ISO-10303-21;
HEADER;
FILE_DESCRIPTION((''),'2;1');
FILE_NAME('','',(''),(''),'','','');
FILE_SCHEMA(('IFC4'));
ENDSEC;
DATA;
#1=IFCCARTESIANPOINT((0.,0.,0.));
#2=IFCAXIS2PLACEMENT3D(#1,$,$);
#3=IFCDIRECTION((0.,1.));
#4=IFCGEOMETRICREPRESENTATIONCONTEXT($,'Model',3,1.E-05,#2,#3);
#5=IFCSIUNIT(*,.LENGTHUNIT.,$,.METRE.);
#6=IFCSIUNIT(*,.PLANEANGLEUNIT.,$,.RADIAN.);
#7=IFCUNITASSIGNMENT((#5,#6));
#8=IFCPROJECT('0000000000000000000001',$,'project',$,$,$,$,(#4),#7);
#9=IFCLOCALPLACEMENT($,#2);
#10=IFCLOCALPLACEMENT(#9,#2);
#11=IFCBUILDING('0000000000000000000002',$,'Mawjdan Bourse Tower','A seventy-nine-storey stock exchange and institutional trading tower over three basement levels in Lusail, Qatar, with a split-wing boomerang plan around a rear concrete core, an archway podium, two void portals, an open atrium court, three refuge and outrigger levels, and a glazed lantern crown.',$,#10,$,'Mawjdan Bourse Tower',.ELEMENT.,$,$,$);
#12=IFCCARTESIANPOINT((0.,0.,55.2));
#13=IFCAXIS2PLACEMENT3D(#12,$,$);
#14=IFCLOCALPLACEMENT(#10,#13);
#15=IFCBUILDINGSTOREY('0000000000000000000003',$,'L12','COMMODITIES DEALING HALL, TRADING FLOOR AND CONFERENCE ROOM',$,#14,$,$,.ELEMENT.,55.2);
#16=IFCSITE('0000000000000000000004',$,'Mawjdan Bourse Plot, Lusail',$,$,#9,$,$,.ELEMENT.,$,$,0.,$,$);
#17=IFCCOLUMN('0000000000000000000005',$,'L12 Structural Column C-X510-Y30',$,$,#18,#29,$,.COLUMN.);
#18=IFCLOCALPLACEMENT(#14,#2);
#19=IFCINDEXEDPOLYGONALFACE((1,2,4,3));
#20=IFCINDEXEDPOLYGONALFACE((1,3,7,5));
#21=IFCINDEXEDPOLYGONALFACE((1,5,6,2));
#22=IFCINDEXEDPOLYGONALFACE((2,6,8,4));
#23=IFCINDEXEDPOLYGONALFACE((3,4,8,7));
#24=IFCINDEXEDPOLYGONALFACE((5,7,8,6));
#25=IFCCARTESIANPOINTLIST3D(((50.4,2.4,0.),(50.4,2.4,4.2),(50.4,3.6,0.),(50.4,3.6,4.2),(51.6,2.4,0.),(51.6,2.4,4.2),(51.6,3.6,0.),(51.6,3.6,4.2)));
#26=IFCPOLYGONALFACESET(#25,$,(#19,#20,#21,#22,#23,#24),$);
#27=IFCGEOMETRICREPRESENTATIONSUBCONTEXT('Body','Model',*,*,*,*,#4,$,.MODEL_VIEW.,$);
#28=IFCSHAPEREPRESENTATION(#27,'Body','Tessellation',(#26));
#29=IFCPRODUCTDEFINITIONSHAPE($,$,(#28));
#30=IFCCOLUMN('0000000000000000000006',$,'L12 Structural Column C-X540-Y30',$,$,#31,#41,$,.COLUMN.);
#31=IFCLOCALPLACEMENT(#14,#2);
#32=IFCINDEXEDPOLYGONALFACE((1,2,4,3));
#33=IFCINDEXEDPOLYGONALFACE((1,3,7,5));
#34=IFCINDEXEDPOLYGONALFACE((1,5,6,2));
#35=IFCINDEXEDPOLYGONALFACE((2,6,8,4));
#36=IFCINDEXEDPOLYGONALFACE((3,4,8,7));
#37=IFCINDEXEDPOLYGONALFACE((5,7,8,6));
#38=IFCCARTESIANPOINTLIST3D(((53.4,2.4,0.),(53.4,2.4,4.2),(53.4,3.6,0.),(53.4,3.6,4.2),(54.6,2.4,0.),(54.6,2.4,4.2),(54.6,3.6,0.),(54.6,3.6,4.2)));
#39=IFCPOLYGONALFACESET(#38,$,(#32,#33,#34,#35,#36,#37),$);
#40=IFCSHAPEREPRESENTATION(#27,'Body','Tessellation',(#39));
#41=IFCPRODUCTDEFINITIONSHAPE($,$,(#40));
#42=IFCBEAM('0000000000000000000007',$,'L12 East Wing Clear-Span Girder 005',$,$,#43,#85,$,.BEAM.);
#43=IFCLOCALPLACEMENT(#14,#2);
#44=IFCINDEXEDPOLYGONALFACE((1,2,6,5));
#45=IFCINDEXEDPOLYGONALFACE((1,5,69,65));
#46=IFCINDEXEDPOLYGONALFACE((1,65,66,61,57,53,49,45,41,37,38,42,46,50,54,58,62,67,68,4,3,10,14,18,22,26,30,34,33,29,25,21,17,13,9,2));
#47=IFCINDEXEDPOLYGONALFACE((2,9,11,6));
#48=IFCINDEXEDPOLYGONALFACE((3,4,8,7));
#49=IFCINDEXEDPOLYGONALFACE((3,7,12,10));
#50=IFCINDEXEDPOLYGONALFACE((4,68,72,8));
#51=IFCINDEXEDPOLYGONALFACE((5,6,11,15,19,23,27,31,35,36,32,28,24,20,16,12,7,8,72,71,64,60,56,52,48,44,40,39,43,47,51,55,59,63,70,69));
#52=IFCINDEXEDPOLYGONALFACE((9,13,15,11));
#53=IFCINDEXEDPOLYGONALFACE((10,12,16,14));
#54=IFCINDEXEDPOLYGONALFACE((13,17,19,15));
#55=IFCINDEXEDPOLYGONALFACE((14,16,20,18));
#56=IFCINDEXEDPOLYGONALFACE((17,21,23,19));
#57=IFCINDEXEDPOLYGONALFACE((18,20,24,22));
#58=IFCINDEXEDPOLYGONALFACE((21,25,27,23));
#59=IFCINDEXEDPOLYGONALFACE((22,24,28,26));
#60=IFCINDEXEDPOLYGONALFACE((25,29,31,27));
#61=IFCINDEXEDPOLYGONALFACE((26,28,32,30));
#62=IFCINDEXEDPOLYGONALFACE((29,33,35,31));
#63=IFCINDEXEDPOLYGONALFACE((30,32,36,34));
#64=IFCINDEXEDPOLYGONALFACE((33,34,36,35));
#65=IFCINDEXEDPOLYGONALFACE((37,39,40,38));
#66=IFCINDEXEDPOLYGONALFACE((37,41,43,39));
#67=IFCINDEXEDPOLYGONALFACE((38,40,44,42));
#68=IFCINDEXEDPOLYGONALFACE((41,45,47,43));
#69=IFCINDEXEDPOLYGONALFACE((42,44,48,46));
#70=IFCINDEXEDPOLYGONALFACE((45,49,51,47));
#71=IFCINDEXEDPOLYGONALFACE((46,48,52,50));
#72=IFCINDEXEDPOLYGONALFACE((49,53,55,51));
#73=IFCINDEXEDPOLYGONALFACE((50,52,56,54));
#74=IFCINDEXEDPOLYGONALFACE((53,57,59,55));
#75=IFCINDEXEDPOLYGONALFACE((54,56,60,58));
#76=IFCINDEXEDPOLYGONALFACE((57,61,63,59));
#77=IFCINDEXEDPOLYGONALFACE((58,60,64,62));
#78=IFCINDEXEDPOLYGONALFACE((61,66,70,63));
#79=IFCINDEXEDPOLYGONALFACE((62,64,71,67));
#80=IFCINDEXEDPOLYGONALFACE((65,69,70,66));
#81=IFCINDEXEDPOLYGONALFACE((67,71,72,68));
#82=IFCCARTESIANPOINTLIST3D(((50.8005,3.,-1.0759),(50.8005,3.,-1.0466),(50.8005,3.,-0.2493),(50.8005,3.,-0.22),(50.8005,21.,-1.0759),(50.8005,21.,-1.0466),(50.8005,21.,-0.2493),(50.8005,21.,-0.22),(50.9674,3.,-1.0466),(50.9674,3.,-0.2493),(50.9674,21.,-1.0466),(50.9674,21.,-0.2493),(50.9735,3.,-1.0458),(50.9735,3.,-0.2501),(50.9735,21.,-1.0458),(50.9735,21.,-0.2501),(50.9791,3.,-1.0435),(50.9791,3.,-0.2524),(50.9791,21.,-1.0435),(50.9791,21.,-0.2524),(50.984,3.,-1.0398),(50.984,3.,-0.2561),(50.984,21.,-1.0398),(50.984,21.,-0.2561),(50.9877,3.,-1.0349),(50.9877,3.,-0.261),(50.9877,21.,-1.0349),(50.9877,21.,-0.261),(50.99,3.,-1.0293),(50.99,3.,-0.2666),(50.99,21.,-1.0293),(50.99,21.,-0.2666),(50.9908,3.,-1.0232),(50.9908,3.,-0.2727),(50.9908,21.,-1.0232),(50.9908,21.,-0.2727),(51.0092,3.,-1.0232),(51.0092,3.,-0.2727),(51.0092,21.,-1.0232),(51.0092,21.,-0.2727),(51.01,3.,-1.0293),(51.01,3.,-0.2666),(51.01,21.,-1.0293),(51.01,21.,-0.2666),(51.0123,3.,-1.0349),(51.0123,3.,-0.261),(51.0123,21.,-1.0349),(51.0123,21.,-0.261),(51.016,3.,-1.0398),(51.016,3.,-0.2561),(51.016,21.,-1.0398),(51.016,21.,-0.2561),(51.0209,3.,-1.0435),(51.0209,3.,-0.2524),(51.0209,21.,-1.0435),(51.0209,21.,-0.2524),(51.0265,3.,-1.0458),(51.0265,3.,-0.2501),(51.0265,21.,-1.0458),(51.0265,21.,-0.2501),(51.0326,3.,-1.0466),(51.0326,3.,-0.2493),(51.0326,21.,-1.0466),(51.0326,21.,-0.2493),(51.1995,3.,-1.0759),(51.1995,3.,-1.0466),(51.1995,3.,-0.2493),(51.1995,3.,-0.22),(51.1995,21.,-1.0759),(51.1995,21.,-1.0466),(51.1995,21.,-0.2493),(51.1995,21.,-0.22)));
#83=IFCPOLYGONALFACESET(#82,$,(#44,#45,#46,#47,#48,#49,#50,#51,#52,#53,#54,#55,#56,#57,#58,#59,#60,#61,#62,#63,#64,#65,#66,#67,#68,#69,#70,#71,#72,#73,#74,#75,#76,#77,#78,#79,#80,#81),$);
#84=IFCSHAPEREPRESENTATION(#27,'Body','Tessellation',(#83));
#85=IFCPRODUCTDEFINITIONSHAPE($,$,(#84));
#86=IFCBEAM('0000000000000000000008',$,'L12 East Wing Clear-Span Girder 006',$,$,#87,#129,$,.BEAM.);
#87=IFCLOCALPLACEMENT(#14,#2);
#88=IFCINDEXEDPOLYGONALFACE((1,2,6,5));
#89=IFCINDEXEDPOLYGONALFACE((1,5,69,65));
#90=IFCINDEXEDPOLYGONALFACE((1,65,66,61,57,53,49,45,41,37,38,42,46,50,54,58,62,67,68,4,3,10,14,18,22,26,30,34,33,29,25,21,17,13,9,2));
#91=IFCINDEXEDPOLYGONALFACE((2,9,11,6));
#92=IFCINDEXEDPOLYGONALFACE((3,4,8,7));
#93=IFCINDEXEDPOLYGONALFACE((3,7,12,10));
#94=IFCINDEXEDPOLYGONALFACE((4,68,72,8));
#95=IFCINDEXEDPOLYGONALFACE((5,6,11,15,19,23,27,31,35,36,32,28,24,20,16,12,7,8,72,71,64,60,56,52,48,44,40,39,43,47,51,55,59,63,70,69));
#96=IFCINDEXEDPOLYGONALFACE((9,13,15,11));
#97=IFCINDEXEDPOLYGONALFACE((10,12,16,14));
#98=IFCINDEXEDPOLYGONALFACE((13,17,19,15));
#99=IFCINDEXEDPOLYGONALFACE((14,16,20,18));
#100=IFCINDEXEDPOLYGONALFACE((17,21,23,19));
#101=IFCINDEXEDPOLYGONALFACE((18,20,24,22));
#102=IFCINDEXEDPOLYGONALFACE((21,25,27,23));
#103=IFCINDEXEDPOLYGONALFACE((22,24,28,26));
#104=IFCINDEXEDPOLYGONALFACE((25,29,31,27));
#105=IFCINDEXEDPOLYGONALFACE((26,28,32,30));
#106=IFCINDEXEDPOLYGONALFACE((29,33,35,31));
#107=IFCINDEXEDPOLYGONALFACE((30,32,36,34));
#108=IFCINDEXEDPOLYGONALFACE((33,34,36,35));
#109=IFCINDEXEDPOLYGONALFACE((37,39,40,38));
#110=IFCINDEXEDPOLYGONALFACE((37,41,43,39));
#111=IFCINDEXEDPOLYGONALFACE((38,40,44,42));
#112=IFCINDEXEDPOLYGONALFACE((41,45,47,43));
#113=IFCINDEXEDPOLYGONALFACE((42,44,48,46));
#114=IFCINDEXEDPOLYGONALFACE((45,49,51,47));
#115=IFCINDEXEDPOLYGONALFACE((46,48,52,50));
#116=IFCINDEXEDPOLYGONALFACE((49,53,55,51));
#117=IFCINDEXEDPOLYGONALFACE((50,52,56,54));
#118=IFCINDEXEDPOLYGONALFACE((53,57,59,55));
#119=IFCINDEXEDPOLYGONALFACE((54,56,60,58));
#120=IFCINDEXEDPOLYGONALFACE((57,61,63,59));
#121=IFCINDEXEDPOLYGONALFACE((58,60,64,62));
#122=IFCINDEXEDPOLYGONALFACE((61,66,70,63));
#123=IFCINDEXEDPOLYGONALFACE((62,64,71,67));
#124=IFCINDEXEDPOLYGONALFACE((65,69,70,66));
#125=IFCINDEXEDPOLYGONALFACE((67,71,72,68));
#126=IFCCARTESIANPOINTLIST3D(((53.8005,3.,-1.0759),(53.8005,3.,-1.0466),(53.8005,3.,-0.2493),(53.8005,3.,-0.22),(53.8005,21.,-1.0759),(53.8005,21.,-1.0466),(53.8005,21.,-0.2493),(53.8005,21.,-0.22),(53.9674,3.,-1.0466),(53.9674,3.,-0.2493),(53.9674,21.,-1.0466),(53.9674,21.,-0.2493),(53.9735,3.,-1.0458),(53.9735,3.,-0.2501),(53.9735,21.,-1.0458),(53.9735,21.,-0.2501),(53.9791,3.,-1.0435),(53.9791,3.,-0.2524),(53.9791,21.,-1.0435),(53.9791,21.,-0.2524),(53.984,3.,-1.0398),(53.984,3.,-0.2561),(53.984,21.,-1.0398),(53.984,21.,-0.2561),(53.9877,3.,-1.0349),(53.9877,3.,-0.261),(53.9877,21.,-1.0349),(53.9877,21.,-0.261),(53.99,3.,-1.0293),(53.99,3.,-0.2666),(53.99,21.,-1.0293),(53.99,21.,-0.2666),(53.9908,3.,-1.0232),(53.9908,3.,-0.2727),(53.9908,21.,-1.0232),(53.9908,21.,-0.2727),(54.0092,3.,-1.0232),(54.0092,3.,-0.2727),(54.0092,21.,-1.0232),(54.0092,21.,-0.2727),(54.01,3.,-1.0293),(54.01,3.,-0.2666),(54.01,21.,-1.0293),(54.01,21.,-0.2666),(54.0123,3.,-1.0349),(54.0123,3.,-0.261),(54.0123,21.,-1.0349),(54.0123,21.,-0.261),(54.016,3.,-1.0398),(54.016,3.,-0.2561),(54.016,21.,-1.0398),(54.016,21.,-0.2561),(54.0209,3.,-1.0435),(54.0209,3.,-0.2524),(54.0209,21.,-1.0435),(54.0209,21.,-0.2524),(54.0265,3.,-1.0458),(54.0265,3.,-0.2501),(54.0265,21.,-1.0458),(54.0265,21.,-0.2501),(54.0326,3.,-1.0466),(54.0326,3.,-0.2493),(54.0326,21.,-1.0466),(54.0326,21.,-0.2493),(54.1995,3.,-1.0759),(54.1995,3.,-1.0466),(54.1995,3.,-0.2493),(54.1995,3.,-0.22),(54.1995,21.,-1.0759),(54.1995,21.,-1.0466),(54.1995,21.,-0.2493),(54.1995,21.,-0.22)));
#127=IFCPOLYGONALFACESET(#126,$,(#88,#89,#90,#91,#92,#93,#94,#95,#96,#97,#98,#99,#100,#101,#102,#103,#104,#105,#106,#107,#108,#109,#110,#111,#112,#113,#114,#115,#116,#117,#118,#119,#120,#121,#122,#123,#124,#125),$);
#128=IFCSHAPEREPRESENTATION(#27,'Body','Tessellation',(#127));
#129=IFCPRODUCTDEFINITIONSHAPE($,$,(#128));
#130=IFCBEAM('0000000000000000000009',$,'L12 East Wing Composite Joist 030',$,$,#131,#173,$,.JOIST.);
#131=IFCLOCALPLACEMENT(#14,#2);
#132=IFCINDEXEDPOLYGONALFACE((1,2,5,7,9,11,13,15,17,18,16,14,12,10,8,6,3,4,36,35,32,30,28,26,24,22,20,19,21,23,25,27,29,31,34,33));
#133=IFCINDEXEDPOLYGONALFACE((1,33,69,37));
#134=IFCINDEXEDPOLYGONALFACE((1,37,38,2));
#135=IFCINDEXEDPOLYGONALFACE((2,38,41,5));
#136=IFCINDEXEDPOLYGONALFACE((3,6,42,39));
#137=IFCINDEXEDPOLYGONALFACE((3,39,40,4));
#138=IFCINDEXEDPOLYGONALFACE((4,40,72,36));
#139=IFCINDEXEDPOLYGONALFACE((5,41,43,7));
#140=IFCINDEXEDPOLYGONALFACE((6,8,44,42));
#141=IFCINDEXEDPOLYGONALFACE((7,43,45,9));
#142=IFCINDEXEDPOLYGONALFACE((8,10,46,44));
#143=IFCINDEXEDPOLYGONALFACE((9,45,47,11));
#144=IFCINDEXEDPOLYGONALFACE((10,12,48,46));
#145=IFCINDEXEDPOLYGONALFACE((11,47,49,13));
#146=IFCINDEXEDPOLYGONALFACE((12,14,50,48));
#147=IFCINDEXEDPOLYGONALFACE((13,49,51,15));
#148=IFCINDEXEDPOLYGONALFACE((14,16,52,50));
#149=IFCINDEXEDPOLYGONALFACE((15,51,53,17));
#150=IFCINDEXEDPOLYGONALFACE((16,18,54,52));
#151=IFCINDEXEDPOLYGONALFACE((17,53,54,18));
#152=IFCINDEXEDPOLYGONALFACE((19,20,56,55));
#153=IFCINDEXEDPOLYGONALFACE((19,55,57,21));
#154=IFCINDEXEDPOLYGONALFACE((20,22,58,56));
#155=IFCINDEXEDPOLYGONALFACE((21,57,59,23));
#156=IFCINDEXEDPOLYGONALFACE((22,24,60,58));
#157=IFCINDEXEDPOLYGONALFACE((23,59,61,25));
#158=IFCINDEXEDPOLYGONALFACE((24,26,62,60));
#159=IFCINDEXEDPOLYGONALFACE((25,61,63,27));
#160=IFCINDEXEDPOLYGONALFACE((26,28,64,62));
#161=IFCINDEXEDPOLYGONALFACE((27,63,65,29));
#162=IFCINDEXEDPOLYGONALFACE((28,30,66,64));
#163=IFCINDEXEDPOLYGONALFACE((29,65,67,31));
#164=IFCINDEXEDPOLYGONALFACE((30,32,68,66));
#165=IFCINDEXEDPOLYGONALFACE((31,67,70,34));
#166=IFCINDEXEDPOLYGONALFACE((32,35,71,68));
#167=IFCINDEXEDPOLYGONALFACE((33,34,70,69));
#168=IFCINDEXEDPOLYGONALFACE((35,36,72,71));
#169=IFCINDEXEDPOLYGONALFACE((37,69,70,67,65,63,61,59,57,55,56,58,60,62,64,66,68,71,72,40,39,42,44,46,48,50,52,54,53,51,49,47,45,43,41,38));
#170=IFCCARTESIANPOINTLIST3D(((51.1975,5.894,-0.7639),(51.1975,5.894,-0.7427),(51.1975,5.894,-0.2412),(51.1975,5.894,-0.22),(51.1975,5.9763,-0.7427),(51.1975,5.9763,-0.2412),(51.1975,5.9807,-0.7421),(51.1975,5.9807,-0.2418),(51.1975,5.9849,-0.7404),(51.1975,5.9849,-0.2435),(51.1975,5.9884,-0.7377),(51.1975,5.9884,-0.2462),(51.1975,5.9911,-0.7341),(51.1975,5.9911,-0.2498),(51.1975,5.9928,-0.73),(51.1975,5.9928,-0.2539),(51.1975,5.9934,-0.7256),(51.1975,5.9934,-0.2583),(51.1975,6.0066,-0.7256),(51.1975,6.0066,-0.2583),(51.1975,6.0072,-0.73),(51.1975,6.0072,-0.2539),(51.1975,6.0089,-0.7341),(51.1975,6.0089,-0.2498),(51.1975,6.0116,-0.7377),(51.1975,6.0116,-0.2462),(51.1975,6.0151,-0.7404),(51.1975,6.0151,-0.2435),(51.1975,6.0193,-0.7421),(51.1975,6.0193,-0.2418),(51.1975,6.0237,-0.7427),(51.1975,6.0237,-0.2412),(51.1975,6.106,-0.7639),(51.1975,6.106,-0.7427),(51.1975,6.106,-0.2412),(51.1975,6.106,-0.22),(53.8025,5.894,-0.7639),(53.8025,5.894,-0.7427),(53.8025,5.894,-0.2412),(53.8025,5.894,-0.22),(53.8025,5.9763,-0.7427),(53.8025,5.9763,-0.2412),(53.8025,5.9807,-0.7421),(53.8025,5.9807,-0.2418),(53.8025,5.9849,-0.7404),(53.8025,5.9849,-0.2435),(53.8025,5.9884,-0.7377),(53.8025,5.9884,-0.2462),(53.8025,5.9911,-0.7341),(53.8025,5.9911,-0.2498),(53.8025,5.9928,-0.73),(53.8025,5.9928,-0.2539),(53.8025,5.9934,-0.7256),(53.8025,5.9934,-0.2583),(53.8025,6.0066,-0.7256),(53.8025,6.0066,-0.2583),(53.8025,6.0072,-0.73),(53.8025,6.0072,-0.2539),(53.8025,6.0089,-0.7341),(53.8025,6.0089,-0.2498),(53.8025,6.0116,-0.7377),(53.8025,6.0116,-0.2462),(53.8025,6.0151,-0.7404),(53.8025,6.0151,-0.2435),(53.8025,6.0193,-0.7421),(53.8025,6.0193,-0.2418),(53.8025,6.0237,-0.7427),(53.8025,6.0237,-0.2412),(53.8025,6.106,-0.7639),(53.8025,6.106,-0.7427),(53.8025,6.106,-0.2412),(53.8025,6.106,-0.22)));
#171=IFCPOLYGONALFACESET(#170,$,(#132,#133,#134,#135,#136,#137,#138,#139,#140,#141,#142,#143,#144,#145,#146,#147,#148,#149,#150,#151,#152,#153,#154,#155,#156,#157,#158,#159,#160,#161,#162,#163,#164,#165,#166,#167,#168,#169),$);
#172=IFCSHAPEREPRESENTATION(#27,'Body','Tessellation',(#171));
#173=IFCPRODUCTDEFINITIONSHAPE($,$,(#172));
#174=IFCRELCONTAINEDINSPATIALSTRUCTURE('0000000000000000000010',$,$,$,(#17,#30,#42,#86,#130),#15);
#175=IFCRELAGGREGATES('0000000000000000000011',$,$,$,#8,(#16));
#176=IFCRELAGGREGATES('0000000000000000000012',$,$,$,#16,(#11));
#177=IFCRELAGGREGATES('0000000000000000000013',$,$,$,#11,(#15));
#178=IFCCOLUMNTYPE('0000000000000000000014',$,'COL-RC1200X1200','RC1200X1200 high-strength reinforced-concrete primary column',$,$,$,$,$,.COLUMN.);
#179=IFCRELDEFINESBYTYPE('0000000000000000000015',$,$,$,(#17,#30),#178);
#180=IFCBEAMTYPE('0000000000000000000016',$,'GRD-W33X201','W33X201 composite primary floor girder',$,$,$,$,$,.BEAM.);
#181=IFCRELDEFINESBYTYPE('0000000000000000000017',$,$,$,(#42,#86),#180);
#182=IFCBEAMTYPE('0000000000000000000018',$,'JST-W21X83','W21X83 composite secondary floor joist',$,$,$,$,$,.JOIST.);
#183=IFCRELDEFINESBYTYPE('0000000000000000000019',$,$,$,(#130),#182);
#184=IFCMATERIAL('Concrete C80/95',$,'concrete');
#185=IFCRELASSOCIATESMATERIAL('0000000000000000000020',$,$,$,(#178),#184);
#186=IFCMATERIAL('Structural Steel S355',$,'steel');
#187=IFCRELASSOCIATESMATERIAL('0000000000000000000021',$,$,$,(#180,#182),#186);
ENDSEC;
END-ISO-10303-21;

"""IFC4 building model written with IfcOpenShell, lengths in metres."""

from ifc_helpers import new_model, si_unit, direction, frame, origin, origin_2d, place, context, subcontext, project, spatial, rectangle, i_section, extrude, material, material_profile, profile_set, type_object, element, save


model = new_model("IFC4")

# Units and contexts
model_context = context("Model", 3, precision=1e-05, world=origin(), true_north=direction((0.0, 1.0)))
body_context = subcontext(model_context, "Body", "Model", "MODEL_VIEW")
ifc_project = project(units=[si_unit("LENGTHUNIT", "METRE"), si_unit("PLANEANGLEUNIT", "RADIAN")], contexts=[model_context])

# Site, building, storey
site_placement = place(None, origin())
site = spatial("IfcSite", under=ifc_project, at=site_placement, Name="Mawjdan Bourse Plot, Lusail", CompositionType="ELEMENT", RefElevation=0.0)
building_placement = place(site_placement, origin())
building = spatial("IfcBuilding", under=site, at=building_placement, Name="Mawjdan Bourse Tower", Description="A seventy-nine-storey stock exchange and institutional trading tower over three basement levels in Lusail, Qatar, with a split-wing boomerang plan around a rear concrete core, an archway podium, two void portals, an open atrium court, three refuge and outrigger levels, and a glazed lantern crown.", LongName="Mawjdan Bourse Tower", CompositionType="ELEMENT")
storey_placement = place(building_placement, frame((0.0, 0.0, 55.2)))
storey = spatial("IfcBuildingStorey", under=building, at=storey_placement, Name="L12", Description="COMMODITIES DEALING HALL, TRADING FLOOR AND CONFERENCE ROOM", CompositionType="ELEMENT", Elevation=55.2)

# Columns
ifc_material_1 = material(Name="Concrete C80/95", Category="concrete")
ifc_material_profile_1 = material_profile(ifc_material_1, rectangle(XDim=1.2, YDim=1.2, at=origin_2d()), Name="RC1200X1200")
ifc_profile_set_1 = profile_set([ifc_material_profile_1], Name="Concrete C80/95")
column_type = type_object("IfcColumnType", Name="COL-RC1200X1200", Description="RC1200X1200 high-strength reinforced-concrete primary column", PredefinedType="COLUMN", material=ifc_profile_set_1)
for number, where, z_axis, x_axis, name in (
    (1, (51.0, 3.0, 0.0), (0.0, 0.0, 1.0), (1.0, 0.0, 0.0), "L12 Structural Column C-X510-Y30"),
    (2, (54.0, 3.0, 0.0), (0.0, 0.0, 1.0), (1.0, 0.0, 0.0), "L12 Structural Column C-X540-Y30"),
):
    element("IfcColumn", number, at=place(storey_placement, frame(where, z_axis=z_axis, x_axis=x_axis)), inside=storey, type_object=column_type, Name=name, PredefinedType="COLUMN", context=body_context, shape_type="SweptSolid", body=[
        extrude(rectangle(XDim=1.2, YDim=1.2, at=origin_2d()), origin(), (0.0, 0.0, 1.0), 4.2),
    ])

# Beams
ifc_material_2 = material(Name="Structural Steel S355", Category="steel")
ifc_material_profile_2 = material_profile(ifc_material_2, i_section(OverallWidth=0.3989, OverallDepth=0.856, WebThickness=0.0183, FlangeThickness=0.0293, FilletRadius=0.0234, at=origin_2d()), Name="W33X201")
ifc_profile_set_2 = profile_set([ifc_material_profile_2], Name="Structural Steel S355")
beam_type_1 = type_object("IfcBeamType", Name="GRD-W33X201", Description="W33X201 composite primary floor girder", PredefinedType="BEAM", material=ifc_profile_set_2)
for number, where, z_axis, x_axis, name in (
    (3, (51.0, 3.0, -0.6479), (0.0, 1.0, 0.0), (-1.0, 0.0, 0.0), "L12 East Wing Clear-Span Girder 005"),
    (4, (54.0, 3.0, -0.6479), (0.0, 1.0, 0.0), (-1.0, 0.0, 0.0), "L12 East Wing Clear-Span Girder 006"),
):
    element("IfcBeam", number, at=place(storey_placement, frame(where, z_axis=z_axis, x_axis=x_axis)), inside=storey, type_object=beam_type_1, Name=name, PredefinedType="BEAM", context=body_context, shape_type="SweptSolid", body=[
        extrude(i_section(OverallWidth=0.3989, OverallDepth=0.856, WebThickness=0.0183, FlangeThickness=0.0293, FilletRadius=0.0234, at=origin_2d()), origin(), (0.0, 0.0, 1.0), 18.0),
    ])
ifc_material_profile_3 = material_profile(ifc_material_2, i_section(OverallWidth=0.2119, OverallDepth=0.5439, WebThickness=0.0132, FlangeThickness=0.0212, FilletRadius=0.0171, at=origin_2d()), Name="W21X83")
ifc_profile_set_3 = profile_set([ifc_material_profile_3], Name="Structural Steel S355")
beam_type_2 = type_object("IfcBeamType", Name="JST-W21X83", Description="W21X83 composite secondary floor joist", PredefinedType="JOIST", material=ifc_profile_set_3)
for number, where, z_axis, x_axis, name in (
    (5, (51.1975, 6.0, -0.4919), (1.0, 0.0, 0.0), (0.0, 1.0, 0.0), "L12 East Wing Composite Joist 030"),
):
    element("IfcBeam", number, at=place(storey_placement, frame(where, z_axis=z_axis, x_axis=x_axis)), inside=storey, type_object=beam_type_2, Name=name, PredefinedType="JOIST", context=body_context, shape_type="SweptSolid", body=[
        extrude(i_section(OverallWidth=0.2119, OverallDepth=0.5439, WebThickness=0.0132, FlangeThickness=0.0212, FilletRadius=0.0171, at=origin_2d()), origin(), (0.0, 0.0, 1.0), 2.605),
    ])

save(model, "model.ifc")
